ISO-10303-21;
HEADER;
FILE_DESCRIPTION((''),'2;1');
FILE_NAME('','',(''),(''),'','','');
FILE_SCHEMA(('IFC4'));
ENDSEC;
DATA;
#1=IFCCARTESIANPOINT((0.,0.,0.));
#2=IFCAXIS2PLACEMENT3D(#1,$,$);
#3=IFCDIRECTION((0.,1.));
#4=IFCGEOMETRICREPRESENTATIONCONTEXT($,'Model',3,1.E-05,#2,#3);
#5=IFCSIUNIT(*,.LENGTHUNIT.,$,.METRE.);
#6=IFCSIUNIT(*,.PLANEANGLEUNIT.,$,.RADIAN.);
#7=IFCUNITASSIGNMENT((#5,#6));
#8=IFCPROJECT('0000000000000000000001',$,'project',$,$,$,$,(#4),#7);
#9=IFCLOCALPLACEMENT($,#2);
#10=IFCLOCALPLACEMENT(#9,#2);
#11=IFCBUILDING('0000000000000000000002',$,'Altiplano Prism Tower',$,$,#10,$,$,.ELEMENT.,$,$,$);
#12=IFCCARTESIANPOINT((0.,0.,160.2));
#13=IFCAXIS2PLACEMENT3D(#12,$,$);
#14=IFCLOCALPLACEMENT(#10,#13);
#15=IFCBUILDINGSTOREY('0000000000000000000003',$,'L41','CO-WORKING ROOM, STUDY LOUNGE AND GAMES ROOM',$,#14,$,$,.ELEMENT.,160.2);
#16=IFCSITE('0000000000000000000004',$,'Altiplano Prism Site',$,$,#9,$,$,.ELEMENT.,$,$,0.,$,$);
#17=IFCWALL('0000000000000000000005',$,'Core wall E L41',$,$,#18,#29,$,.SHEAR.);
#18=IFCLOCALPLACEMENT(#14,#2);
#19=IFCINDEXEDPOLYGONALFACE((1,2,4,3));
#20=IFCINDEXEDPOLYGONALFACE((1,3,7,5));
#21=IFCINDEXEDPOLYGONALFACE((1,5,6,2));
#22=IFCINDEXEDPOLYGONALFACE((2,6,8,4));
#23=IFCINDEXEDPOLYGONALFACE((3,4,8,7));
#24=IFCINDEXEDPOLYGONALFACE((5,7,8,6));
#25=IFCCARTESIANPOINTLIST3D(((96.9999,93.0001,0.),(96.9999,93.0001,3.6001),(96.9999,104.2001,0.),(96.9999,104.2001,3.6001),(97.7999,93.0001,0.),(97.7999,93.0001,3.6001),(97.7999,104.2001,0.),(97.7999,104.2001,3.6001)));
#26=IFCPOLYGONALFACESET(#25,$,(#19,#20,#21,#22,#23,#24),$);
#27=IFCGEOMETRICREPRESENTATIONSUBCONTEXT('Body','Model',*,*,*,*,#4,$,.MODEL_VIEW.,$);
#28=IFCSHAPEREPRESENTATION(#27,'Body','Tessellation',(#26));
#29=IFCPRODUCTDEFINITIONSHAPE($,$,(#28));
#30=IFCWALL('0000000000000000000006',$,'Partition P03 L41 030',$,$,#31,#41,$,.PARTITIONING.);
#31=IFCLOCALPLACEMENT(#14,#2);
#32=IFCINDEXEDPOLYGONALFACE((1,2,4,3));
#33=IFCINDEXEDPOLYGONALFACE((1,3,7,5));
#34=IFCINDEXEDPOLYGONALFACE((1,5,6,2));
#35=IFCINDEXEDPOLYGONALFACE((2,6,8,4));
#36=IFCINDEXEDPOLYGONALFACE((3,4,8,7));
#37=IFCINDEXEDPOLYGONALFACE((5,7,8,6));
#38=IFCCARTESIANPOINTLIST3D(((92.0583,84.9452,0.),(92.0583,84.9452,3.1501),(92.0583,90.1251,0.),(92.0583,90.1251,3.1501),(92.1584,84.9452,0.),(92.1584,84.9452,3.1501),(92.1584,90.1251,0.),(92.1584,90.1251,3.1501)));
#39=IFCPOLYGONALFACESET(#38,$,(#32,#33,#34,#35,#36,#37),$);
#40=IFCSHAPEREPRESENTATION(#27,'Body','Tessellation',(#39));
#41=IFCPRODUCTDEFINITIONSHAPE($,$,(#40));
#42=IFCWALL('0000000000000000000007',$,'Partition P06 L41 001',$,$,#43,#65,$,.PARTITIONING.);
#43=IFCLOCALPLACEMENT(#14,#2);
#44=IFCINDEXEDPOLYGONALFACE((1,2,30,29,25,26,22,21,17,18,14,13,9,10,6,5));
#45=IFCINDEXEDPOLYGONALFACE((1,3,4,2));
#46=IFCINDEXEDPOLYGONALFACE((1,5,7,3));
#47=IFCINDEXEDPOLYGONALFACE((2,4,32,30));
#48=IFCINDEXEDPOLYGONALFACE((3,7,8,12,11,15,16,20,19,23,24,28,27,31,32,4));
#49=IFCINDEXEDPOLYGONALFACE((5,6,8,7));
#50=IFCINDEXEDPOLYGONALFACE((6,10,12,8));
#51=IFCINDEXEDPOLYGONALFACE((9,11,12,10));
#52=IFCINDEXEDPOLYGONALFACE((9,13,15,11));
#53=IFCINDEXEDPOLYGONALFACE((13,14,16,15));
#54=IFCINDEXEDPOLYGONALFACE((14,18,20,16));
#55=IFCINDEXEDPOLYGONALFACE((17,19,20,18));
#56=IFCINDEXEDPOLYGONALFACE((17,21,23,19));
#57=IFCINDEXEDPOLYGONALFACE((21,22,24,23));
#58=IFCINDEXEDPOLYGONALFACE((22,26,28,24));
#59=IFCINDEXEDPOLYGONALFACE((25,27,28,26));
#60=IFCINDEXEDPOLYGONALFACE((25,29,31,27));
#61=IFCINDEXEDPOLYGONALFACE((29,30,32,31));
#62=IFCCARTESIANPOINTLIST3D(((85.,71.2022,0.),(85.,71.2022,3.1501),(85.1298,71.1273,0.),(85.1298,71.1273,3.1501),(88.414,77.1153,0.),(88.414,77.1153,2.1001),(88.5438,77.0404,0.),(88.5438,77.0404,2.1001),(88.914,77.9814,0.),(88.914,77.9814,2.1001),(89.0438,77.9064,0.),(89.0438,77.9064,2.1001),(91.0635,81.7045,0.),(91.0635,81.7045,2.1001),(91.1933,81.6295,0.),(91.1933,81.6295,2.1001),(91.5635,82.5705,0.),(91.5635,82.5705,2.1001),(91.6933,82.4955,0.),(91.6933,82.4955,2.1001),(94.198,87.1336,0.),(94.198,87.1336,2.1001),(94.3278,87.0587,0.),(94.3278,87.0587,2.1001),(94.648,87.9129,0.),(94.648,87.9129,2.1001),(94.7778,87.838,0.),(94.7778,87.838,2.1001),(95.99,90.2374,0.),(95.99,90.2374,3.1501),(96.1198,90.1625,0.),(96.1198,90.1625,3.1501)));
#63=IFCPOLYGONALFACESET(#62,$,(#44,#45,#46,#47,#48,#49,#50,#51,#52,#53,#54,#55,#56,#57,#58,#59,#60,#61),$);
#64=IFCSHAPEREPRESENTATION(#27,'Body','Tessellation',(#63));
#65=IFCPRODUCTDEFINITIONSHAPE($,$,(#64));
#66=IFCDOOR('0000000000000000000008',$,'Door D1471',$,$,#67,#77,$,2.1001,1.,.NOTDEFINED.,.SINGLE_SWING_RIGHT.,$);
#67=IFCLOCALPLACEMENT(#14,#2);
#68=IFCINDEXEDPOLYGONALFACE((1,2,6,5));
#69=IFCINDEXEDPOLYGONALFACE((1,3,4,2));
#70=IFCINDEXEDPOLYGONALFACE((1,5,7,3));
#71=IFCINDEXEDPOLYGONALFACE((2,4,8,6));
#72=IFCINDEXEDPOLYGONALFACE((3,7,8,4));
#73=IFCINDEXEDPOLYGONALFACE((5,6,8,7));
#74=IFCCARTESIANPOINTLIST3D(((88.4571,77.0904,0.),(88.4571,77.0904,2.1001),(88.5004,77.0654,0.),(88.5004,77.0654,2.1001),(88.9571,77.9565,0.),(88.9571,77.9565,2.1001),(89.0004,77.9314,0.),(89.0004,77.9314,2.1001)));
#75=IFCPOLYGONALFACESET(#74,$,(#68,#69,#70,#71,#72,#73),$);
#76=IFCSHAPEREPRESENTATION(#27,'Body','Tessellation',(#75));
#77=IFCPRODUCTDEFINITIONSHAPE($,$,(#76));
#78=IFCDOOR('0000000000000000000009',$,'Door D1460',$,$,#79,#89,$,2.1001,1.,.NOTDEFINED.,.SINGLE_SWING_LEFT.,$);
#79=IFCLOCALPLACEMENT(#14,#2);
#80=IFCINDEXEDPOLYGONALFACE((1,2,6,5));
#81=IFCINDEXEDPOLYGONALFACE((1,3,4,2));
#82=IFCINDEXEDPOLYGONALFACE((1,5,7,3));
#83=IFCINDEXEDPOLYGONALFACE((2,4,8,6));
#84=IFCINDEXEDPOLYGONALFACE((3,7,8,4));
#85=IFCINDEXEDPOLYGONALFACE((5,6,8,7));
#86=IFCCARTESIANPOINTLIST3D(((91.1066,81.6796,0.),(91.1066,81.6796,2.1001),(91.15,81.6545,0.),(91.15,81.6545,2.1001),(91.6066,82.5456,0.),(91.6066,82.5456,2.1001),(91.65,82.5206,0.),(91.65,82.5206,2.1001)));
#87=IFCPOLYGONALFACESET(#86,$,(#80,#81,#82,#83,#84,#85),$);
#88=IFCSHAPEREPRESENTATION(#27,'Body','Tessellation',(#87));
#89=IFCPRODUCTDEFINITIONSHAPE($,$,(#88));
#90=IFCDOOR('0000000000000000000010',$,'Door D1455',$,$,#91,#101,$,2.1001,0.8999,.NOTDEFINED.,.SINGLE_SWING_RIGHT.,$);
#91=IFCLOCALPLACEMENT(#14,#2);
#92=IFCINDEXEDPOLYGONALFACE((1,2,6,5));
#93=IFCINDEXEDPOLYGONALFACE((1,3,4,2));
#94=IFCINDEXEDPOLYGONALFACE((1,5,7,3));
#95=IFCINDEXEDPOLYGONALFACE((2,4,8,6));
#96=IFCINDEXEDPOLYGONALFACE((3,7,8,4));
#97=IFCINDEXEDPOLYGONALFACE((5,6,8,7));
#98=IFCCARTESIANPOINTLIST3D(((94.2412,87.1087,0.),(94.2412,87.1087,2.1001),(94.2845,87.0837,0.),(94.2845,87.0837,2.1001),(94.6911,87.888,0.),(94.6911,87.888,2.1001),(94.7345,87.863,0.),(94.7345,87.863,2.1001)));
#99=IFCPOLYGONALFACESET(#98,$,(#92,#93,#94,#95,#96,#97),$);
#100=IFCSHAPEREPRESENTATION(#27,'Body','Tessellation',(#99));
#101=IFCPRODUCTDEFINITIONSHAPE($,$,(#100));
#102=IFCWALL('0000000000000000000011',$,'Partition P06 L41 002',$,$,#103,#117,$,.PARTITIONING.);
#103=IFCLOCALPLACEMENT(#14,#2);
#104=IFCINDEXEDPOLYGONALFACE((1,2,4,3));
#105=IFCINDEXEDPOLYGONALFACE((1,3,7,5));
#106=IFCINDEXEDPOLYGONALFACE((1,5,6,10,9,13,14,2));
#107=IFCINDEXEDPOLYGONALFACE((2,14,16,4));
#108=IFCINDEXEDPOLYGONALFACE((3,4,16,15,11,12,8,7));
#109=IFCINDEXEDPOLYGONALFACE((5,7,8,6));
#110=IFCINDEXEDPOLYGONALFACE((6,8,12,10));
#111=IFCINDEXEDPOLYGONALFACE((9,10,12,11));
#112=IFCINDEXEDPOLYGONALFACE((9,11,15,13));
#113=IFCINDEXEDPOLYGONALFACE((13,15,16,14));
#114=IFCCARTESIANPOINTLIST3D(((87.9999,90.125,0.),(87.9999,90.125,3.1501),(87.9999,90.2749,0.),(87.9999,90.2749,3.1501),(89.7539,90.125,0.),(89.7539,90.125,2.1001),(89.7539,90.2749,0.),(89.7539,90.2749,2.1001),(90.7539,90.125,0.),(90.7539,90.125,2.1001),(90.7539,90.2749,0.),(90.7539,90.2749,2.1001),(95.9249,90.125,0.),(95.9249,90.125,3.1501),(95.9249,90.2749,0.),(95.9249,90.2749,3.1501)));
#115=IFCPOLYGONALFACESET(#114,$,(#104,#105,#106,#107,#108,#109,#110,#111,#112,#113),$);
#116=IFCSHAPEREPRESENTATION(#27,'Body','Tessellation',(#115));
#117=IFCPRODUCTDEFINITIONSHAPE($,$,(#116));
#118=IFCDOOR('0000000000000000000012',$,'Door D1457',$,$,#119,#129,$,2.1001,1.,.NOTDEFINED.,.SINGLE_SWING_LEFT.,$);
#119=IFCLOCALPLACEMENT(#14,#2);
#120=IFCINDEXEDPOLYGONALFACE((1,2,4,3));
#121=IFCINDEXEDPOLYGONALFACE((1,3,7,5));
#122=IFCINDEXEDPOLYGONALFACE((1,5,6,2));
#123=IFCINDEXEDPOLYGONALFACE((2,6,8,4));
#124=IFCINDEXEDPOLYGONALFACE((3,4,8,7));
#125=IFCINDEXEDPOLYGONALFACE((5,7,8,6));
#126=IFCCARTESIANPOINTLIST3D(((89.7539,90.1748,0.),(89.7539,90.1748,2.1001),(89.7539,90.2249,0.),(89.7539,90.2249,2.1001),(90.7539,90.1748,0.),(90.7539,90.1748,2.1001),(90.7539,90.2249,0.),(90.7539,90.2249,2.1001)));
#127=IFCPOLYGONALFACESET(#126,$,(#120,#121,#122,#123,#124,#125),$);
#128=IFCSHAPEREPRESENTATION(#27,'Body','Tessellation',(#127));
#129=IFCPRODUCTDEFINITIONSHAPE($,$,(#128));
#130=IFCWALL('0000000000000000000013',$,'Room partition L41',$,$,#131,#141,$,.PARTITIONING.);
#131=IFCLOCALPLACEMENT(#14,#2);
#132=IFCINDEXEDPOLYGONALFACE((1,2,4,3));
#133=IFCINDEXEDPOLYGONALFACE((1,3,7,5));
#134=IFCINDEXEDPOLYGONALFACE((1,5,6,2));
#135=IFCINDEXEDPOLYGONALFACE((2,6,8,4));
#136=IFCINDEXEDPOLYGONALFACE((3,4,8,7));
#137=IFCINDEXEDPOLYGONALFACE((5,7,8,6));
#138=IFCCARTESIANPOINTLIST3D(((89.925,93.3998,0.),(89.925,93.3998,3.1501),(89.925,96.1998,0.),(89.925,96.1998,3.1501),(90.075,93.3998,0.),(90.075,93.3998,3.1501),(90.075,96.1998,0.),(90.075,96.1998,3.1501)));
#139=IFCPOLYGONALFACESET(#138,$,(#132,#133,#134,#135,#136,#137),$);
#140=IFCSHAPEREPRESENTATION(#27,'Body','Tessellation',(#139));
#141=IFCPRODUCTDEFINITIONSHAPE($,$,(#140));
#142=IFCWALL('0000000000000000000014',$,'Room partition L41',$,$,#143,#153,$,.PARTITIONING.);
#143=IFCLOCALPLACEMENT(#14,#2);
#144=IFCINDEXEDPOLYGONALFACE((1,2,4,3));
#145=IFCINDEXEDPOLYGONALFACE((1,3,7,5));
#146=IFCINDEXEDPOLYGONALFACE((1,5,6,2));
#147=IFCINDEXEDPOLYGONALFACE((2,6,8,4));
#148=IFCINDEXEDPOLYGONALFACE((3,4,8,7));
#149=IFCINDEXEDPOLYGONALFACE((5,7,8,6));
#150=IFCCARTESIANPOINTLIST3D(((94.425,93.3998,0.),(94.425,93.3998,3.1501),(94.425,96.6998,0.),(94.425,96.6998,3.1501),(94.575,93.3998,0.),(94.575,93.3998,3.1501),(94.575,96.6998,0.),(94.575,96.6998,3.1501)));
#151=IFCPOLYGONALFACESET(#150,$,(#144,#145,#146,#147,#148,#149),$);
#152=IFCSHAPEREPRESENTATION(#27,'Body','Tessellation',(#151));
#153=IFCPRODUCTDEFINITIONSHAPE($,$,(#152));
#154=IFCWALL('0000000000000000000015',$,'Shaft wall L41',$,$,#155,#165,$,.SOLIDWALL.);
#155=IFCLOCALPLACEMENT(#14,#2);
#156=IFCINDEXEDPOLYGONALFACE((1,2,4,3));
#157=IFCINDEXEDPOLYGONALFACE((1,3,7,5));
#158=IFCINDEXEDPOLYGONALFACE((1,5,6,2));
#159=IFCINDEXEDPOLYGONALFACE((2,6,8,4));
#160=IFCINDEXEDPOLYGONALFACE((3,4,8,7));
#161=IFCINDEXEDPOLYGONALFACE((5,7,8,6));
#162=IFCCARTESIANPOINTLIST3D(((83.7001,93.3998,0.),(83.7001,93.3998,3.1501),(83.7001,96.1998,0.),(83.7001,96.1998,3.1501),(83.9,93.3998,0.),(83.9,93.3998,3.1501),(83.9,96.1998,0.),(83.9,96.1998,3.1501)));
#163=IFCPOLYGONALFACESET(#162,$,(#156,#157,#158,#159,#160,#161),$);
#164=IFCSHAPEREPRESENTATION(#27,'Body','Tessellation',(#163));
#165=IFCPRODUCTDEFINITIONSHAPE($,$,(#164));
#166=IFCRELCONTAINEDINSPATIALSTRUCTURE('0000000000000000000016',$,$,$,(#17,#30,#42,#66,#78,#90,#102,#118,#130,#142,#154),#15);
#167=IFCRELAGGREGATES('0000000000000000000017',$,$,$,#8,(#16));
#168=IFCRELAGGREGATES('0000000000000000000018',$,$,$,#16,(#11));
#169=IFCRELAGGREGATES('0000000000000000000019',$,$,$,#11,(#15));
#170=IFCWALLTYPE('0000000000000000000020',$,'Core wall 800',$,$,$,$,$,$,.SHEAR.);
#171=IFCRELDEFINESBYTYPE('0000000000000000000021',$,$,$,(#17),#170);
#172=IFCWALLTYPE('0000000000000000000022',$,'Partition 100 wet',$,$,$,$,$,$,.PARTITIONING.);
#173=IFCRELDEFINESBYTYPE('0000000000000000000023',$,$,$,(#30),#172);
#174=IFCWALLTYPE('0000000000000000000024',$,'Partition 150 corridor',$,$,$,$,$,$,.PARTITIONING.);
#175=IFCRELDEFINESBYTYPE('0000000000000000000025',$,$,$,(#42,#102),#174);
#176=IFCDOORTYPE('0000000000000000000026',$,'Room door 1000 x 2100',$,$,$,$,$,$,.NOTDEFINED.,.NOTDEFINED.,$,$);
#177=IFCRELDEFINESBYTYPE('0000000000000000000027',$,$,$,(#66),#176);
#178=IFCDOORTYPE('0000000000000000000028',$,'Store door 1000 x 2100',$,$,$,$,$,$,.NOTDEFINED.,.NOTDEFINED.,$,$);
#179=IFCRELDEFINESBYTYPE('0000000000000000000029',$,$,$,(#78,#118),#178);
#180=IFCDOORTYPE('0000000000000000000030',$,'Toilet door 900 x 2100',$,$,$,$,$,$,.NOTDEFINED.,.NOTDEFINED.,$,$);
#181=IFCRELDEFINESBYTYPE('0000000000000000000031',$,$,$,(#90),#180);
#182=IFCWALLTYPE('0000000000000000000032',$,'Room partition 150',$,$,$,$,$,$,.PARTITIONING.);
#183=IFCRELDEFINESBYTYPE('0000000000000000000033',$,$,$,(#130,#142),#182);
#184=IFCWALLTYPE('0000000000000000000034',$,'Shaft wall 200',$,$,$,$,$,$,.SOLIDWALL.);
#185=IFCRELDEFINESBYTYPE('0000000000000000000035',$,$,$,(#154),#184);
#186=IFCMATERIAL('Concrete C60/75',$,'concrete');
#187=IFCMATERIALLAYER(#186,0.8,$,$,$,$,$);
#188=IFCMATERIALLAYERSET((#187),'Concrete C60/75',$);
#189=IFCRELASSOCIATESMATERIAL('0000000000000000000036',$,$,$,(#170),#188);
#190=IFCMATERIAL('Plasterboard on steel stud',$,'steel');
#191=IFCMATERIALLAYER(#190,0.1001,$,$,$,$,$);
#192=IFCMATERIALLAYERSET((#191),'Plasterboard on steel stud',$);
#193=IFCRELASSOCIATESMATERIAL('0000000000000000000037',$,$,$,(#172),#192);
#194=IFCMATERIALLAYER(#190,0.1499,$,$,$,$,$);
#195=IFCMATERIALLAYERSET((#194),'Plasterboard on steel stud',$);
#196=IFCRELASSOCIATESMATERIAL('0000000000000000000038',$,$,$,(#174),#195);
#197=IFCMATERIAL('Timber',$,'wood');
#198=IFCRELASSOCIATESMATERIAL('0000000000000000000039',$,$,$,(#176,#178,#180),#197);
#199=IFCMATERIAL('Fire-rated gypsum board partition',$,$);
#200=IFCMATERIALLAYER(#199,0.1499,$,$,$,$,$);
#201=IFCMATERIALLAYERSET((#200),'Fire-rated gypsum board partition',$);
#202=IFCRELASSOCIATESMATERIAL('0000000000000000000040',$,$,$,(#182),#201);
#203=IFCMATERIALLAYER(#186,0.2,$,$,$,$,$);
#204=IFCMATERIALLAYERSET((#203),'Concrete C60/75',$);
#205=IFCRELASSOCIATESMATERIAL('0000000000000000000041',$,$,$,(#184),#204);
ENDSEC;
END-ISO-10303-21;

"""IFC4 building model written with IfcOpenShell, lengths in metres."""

from ifc_helpers import new_model, si_unit, direction, frame, frame_2d, origin, place, context, subcontext, project, spatial, rectangle, extrude, material, layer, layer_set, type_object, element, fill, save


model = new_model("IFC4")

# Units and contexts
model_context = context("Model", 3, precision=1e-05, world=origin(), true_north=direction((0.0, 1.0)))
body_context = subcontext(model_context, "Body", "Model", "MODEL_VIEW")
ifc_project = project(units=[si_unit("LENGTHUNIT", "METRE"), si_unit("PLANEANGLEUNIT", "RADIAN")], contexts=[model_context])

# Site, building, storey
site_placement = place(None, origin())
site = spatial("IfcSite", under=ifc_project, at=site_placement, Name="Altiplano Prism Site", CompositionType="ELEMENT", RefElevation=0.0)
building_placement = place(site_placement, origin())
building = spatial("IfcBuilding", under=site, at=building_placement, Name="Altiplano Prism Tower", CompositionType="ELEMENT")
storey_placement = place(building_placement, frame((0.0, 0.0, 160.2)))
storey = spatial("IfcBuildingStorey", under=building, at=storey_placement, Name="L41", Description="CO-WORKING ROOM, STUDY LOUNGE AND GAMES ROOM", CompositionType="ELEMENT", Elevation=160.2)

# Walls
ifc_material_1 = material(Name="Concrete C60/75", Category="concrete")
ifc_layer_1 = layer(ifc_material_1, 0.8)
ifc_layer_set_1 = layer_set([ifc_layer_1], Name="Concrete C60/75")
wall_type_1 = type_object("IfcWallType", Name="Core wall 800", PredefinedType="SHEAR", material=ifc_layer_set_1)
wall_1_placement = place(storey_placement, frame((97.3999, 93.0, 0.0), z_axis=(0.0, 0.0, 1.0), x_axis=(0.0, 1.0, 0.0)))
element("IfcWall", 1, at=wall_1_placement, inside=storey, type_object=wall_type_1, Name="Core wall E L41", PredefinedType="SHEAR", context=body_context, shape_type="SweptSolid", body=[
    extrude(rectangle(XDim=11.2, YDim=0.8, at=frame_2d((5.6001, 0.0))), origin(), (0.0, 0.0, 1.0), 3.6001),
])
ifc_material_2 = material(Name="Plasterboard on steel stud", Category="steel")
ifc_layer_2 = layer(ifc_material_2, 0.1001)
ifc_layer_set_2 = layer_set([ifc_layer_2], Name="Plasterboard on steel stud")
wall_type_2 = type_object("IfcWallType", Name="Partition 100 wet", PredefinedType="PARTITIONING", material=ifc_layer_set_2)
wall_2_placement = place(storey_placement, frame((92.1084, 90.125, 0.0), z_axis=(0.0, 0.0, 1.0), x_axis=(0.0, -1.0, 0.0)))
element("IfcWall", 2, at=wall_2_placement, inside=storey, type_object=wall_type_2, Name="Partition P03 L41 030", PredefinedType="PARTITIONING", context=body_context, shape_type="SweptSolid", body=[
    extrude(rectangle(XDim=5.1799, YDim=0.1001, at=frame_2d((2.5898, 0.0))), origin(), (0.0, 0.0, 1.0), 3.1501),
])

# Wall, openings, doors
ifc_layer_3 = layer(ifc_material_2, 0.1499)
ifc_layer_set_3 = layer_set([ifc_layer_3], Name="Plasterboard on steel stud")
wall_type_3 = type_object("IfcWallType", Name="Partition 150 corridor", PredefinedType="PARTITIONING", material=ifc_layer_set_3)
wall_3_placement = place(storey_placement, frame((96.0549, 90.2, 0.0), z_axis=(0.0, 0.0, 1.0), x_axis=(-0.500001, -0.866025, 0.0)))
wall_3 = element("IfcWall", 3, at=wall_3_placement, inside=storey, type_object=wall_type_3, Name="Partition P06 L41 001", PredefinedType="PARTITIONING", context=body_context, shape_type="SweptSolid", body=[
    extrude(rectangle(XDim=21.98, YDim=0.1499, at=frame_2d((10.99, 0.0))), origin(), (0.0, 0.0, 1.0), 3.1501),
])
opening_1_placement = place(wall_3_placement, frame((2.6841, 0.0, 0.0)))
opening_1 = element("IfcOpeningElement", 4, at=opening_1_placement, cuts=wall_3, PredefinedType="OPENING", context=body_context, shape_type="SweptSolid", body=[
    extrude(rectangle(XDim=0.8999, YDim=2.1001, at=frame_2d((0.45, 1.05))), frame((0.0, 0.0854, 0.0), z_axis=(0.0, -1.0, 0.0), x_axis=(1.0, 0.0, 0.0)), (0.0, 0.0, 1.0), 0.1709),
])
opening_2_placement = place(wall_3_placement, frame((8.853, 0.0, 0.0)))
opening_2 = element("IfcOpeningElement", 5, at=opening_2_placement, cuts=wall_3, PredefinedType="OPENING", context=body_context, shape_type="SweptSolid", body=[
    extrude(rectangle(XDim=1.0, YDim=2.1001, at=frame_2d((0.5, 1.05))), frame((0.0, 0.0854, 0.0), z_axis=(0.0, -1.0, 0.0), x_axis=(1.0, 0.0, 0.0)), (0.0, 0.0, 1.0), 0.1709),
])
opening_3_placement = place(wall_3_placement, frame((14.1521, 0.0, 0.0)))
opening_3 = element("IfcOpeningElement", 6, at=opening_3_placement, cuts=wall_3, PredefinedType="OPENING", context=body_context, shape_type="SweptSolid", body=[
    extrude(rectangle(XDim=1.0, YDim=2.1001, at=frame_2d((0.5, 1.05))), frame((0.0, 0.0854, 0.0), z_axis=(0.0, -1.0, 0.0), x_axis=(1.0, 0.0, 0.0)), (0.0, 0.0, 1.0), 0.1709),
])
ifc_material_3 = material(Name="Timber", Category="wood")
door_type_1 = type_object("IfcDoorType", Name="Room door 1000 x 2100", OperationType="NOTDEFINED", PredefinedType="NOTDEFINED", material=ifc_material_3)
door_1_placement = place(opening_3_placement, origin())
door_1 = element("IfcDoor", 7, at=door_1_placement, inside=storey, type_object=door_type_1, Name="Door D1471", OperationType="SINGLE_SWING_RIGHT", OverallHeight=2.1001, OverallWidth=1.0, PredefinedType="NOTDEFINED", context=body_context, shape_type="SweptSolid", body=[
    extrude(rectangle(XDim=1.0, YDim=2.1001, at=frame_2d((0.5, 1.05))), frame((0.0, 0.0249, 0.0), z_axis=(0.0, -1.0, 0.0), x_axis=(1.0, 0.0, 0.0)), (0.0, 0.0, 1.0), 0.05),
])
fill(opening_3, door_1)
door_type_2 = type_object("IfcDoorType", Name="Store door 1000 x 2100", OperationType="NOTDEFINED", PredefinedType="NOTDEFINED", material=ifc_material_3)
door_2_placement = place(opening_2_placement, origin())
door_2 = element("IfcDoor", 8, at=door_2_placement, inside=storey, type_object=door_type_2, Name="Door D1460", OperationType="SINGLE_SWING_LEFT", OverallHeight=2.1001, OverallWidth=1.0, PredefinedType="NOTDEFINED", context=body_context, shape_type="SweptSolid", body=[
    extrude(rectangle(XDim=1.0, YDim=2.1001, at=frame_2d((0.5, 1.05))), frame((0.0, 0.0249, 0.0), z_axis=(0.0, -1.0, 0.0), x_axis=(1.0, 0.0, 0.0)), (0.0, 0.0, 1.0), 0.05),
])
fill(opening_2, door_2)
door_type_3 = type_object("IfcDoorType", Name="Toilet door 900 x 2100", OperationType="NOTDEFINED", PredefinedType="NOTDEFINED", material=ifc_material_3)
door_3_placement = place(opening_1_placement, origin())
door_3 = element("IfcDoor", 9, at=door_3_placement, inside=storey, type_object=door_type_3, Name="Door D1455", OperationType="SINGLE_SWING_RIGHT", OverallHeight=2.1001, OverallWidth=0.8999, PredefinedType="NOTDEFINED", context=body_context, shape_type="SweptSolid", body=[
    extrude(rectangle(XDim=0.8999, YDim=2.1001, at=frame_2d((0.45, 1.05))), frame((0.0, 0.0249, 0.0), z_axis=(0.0, -1.0, 0.0), x_axis=(1.0, 0.0, 0.0)), (0.0, 0.0, 1.0), 0.05),
])
fill(opening_1, door_3)

# Wall, opening, door
wall_4_placement = place(storey_placement, frame((88.0, 90.2, 0.0), z_axis=(0.0, 0.0, 1.0), x_axis=(1.0, 0.0, 0.0)))
wall_4 = element("IfcWall", 10, at=wall_4_placement, inside=storey, type_object=wall_type_3, Name="Partition P06 L41 002", PredefinedType="PARTITIONING", context=body_context, shape_type="SweptSolid", body=[
    extrude(rectangle(XDim=7.925, YDim=0.1499, at=frame_2d((3.9624, 0.0))), origin(), (0.0, 0.0, 1.0), 3.1501),
])
opening_4_placement = place(wall_4_placement, frame((1.7539, 0.0, 0.0)))
opening_4 = element("IfcOpeningElement", 11, at=opening_4_placement, cuts=wall_4, PredefinedType="OPENING", context=body_context, shape_type="SweptSolid", body=[
    extrude(rectangle(XDim=1.0, YDim=2.1001, at=frame_2d((0.5, 1.05))), frame((0.0, 0.0854, 0.0), z_axis=(0.0, -1.0, 0.0), x_axis=(1.0, 0.0, 0.0)), (0.0, 0.0, 1.0), 0.1709),
])
door_4_placement = place(opening_4_placement, origin())
door_4 = element("IfcDoor", 12, at=door_4_placement, inside=storey, type_object=door_type_2, Name="Door D1457", OperationType="SINGLE_SWING_LEFT", OverallHeight=2.1001, OverallWidth=1.0, PredefinedType="NOTDEFINED", context=body_context, shape_type="SweptSolid", body=[
    extrude(rectangle(XDim=1.0, YDim=2.1001, at=frame_2d((0.5, 1.05))), frame((0.0, 0.0249, 0.0), z_axis=(0.0, -1.0, 0.0), x_axis=(1.0, 0.0, 0.0)), (0.0, 0.0, 1.0), 0.05),
])
fill(opening_4, door_4)

# Walls
ifc_material_4 = material(Name="Fire-rated gypsum board partition")
ifc_layer_4 = layer(ifc_material_4, 0.1499)
ifc_layer_set_4 = layer_set([ifc_layer_4], Name="Fire-rated gypsum board partition")
wall_type_4 = type_object("IfcWallType", Name="Room partition 150", PredefinedType="PARTITIONING", material=ifc_layer_set_4)
wall_5_placement = place(storey_placement, frame((90.0, 93.3999, 0.0), z_axis=(0.0, 0.0, 1.0), x_axis=(0.0, 1.0, 0.0)))
element("IfcWall", 13, at=wall_5_placement, inside=storey, type_object=wall_type_4, Name="Room partition L41", PredefinedType="PARTITIONING", context=body_context, shape_type="SweptSolid", body=[
    extrude(rectangle(XDim=2.8, YDim=0.1499, at=frame_2d((1.3999, 0.0))), origin(), (0.0, 0.0, 1.0), 3.1501),
])
wall_6_placement = place(storey_placement, frame((94.5, 93.3999, 0.0), z_axis=(0.0, 0.0, 1.0), x_axis=(0.0, 1.0, 0.0)))
element("IfcWall", 14, at=wall_6_placement, inside=storey, type_object=wall_type_4, Name="Room partition L41", PredefinedType="PARTITIONING", context=body_context, shape_type="SweptSolid", body=[
    extrude(rectangle(XDim=3.3, YDim=0.1499, at=frame_2d((1.6499, 0.0))), origin(), (0.0, 0.0, 1.0), 3.1501),
])
ifc_layer_5 = layer(ifc_material_1, 0.2)
ifc_layer_set_5 = layer_set([ifc_layer_5], Name="Concrete C60/75")
wall_type_5 = type_object("IfcWallType", Name="Shaft wall 200", PredefinedType="SOLIDWALL", material=ifc_layer_set_5)
for number, where, z_axis, x_axis, name in (
    (15, (83.8, 93.3999, 0.0), (0.0, 0.0, 1.0), (0.0, 1.0, 0.0), "Shaft wall L41"),
):
    element("IfcWall", number, at=place(storey_placement, frame(where, z_axis=z_axis, x_axis=x_axis)), inside=storey, type_object=wall_type_5, Name=name, PredefinedType="SOLIDWALL", context=body_context, shape_type="SweptSolid", body=[
        extrude(rectangle(XDim=2.8, YDim=0.2, at=frame_2d((1.3999, 0.0))), origin(), (0.0, 0.0, 1.0), 3.1501),
    ])

save(model, "model.ifc")
